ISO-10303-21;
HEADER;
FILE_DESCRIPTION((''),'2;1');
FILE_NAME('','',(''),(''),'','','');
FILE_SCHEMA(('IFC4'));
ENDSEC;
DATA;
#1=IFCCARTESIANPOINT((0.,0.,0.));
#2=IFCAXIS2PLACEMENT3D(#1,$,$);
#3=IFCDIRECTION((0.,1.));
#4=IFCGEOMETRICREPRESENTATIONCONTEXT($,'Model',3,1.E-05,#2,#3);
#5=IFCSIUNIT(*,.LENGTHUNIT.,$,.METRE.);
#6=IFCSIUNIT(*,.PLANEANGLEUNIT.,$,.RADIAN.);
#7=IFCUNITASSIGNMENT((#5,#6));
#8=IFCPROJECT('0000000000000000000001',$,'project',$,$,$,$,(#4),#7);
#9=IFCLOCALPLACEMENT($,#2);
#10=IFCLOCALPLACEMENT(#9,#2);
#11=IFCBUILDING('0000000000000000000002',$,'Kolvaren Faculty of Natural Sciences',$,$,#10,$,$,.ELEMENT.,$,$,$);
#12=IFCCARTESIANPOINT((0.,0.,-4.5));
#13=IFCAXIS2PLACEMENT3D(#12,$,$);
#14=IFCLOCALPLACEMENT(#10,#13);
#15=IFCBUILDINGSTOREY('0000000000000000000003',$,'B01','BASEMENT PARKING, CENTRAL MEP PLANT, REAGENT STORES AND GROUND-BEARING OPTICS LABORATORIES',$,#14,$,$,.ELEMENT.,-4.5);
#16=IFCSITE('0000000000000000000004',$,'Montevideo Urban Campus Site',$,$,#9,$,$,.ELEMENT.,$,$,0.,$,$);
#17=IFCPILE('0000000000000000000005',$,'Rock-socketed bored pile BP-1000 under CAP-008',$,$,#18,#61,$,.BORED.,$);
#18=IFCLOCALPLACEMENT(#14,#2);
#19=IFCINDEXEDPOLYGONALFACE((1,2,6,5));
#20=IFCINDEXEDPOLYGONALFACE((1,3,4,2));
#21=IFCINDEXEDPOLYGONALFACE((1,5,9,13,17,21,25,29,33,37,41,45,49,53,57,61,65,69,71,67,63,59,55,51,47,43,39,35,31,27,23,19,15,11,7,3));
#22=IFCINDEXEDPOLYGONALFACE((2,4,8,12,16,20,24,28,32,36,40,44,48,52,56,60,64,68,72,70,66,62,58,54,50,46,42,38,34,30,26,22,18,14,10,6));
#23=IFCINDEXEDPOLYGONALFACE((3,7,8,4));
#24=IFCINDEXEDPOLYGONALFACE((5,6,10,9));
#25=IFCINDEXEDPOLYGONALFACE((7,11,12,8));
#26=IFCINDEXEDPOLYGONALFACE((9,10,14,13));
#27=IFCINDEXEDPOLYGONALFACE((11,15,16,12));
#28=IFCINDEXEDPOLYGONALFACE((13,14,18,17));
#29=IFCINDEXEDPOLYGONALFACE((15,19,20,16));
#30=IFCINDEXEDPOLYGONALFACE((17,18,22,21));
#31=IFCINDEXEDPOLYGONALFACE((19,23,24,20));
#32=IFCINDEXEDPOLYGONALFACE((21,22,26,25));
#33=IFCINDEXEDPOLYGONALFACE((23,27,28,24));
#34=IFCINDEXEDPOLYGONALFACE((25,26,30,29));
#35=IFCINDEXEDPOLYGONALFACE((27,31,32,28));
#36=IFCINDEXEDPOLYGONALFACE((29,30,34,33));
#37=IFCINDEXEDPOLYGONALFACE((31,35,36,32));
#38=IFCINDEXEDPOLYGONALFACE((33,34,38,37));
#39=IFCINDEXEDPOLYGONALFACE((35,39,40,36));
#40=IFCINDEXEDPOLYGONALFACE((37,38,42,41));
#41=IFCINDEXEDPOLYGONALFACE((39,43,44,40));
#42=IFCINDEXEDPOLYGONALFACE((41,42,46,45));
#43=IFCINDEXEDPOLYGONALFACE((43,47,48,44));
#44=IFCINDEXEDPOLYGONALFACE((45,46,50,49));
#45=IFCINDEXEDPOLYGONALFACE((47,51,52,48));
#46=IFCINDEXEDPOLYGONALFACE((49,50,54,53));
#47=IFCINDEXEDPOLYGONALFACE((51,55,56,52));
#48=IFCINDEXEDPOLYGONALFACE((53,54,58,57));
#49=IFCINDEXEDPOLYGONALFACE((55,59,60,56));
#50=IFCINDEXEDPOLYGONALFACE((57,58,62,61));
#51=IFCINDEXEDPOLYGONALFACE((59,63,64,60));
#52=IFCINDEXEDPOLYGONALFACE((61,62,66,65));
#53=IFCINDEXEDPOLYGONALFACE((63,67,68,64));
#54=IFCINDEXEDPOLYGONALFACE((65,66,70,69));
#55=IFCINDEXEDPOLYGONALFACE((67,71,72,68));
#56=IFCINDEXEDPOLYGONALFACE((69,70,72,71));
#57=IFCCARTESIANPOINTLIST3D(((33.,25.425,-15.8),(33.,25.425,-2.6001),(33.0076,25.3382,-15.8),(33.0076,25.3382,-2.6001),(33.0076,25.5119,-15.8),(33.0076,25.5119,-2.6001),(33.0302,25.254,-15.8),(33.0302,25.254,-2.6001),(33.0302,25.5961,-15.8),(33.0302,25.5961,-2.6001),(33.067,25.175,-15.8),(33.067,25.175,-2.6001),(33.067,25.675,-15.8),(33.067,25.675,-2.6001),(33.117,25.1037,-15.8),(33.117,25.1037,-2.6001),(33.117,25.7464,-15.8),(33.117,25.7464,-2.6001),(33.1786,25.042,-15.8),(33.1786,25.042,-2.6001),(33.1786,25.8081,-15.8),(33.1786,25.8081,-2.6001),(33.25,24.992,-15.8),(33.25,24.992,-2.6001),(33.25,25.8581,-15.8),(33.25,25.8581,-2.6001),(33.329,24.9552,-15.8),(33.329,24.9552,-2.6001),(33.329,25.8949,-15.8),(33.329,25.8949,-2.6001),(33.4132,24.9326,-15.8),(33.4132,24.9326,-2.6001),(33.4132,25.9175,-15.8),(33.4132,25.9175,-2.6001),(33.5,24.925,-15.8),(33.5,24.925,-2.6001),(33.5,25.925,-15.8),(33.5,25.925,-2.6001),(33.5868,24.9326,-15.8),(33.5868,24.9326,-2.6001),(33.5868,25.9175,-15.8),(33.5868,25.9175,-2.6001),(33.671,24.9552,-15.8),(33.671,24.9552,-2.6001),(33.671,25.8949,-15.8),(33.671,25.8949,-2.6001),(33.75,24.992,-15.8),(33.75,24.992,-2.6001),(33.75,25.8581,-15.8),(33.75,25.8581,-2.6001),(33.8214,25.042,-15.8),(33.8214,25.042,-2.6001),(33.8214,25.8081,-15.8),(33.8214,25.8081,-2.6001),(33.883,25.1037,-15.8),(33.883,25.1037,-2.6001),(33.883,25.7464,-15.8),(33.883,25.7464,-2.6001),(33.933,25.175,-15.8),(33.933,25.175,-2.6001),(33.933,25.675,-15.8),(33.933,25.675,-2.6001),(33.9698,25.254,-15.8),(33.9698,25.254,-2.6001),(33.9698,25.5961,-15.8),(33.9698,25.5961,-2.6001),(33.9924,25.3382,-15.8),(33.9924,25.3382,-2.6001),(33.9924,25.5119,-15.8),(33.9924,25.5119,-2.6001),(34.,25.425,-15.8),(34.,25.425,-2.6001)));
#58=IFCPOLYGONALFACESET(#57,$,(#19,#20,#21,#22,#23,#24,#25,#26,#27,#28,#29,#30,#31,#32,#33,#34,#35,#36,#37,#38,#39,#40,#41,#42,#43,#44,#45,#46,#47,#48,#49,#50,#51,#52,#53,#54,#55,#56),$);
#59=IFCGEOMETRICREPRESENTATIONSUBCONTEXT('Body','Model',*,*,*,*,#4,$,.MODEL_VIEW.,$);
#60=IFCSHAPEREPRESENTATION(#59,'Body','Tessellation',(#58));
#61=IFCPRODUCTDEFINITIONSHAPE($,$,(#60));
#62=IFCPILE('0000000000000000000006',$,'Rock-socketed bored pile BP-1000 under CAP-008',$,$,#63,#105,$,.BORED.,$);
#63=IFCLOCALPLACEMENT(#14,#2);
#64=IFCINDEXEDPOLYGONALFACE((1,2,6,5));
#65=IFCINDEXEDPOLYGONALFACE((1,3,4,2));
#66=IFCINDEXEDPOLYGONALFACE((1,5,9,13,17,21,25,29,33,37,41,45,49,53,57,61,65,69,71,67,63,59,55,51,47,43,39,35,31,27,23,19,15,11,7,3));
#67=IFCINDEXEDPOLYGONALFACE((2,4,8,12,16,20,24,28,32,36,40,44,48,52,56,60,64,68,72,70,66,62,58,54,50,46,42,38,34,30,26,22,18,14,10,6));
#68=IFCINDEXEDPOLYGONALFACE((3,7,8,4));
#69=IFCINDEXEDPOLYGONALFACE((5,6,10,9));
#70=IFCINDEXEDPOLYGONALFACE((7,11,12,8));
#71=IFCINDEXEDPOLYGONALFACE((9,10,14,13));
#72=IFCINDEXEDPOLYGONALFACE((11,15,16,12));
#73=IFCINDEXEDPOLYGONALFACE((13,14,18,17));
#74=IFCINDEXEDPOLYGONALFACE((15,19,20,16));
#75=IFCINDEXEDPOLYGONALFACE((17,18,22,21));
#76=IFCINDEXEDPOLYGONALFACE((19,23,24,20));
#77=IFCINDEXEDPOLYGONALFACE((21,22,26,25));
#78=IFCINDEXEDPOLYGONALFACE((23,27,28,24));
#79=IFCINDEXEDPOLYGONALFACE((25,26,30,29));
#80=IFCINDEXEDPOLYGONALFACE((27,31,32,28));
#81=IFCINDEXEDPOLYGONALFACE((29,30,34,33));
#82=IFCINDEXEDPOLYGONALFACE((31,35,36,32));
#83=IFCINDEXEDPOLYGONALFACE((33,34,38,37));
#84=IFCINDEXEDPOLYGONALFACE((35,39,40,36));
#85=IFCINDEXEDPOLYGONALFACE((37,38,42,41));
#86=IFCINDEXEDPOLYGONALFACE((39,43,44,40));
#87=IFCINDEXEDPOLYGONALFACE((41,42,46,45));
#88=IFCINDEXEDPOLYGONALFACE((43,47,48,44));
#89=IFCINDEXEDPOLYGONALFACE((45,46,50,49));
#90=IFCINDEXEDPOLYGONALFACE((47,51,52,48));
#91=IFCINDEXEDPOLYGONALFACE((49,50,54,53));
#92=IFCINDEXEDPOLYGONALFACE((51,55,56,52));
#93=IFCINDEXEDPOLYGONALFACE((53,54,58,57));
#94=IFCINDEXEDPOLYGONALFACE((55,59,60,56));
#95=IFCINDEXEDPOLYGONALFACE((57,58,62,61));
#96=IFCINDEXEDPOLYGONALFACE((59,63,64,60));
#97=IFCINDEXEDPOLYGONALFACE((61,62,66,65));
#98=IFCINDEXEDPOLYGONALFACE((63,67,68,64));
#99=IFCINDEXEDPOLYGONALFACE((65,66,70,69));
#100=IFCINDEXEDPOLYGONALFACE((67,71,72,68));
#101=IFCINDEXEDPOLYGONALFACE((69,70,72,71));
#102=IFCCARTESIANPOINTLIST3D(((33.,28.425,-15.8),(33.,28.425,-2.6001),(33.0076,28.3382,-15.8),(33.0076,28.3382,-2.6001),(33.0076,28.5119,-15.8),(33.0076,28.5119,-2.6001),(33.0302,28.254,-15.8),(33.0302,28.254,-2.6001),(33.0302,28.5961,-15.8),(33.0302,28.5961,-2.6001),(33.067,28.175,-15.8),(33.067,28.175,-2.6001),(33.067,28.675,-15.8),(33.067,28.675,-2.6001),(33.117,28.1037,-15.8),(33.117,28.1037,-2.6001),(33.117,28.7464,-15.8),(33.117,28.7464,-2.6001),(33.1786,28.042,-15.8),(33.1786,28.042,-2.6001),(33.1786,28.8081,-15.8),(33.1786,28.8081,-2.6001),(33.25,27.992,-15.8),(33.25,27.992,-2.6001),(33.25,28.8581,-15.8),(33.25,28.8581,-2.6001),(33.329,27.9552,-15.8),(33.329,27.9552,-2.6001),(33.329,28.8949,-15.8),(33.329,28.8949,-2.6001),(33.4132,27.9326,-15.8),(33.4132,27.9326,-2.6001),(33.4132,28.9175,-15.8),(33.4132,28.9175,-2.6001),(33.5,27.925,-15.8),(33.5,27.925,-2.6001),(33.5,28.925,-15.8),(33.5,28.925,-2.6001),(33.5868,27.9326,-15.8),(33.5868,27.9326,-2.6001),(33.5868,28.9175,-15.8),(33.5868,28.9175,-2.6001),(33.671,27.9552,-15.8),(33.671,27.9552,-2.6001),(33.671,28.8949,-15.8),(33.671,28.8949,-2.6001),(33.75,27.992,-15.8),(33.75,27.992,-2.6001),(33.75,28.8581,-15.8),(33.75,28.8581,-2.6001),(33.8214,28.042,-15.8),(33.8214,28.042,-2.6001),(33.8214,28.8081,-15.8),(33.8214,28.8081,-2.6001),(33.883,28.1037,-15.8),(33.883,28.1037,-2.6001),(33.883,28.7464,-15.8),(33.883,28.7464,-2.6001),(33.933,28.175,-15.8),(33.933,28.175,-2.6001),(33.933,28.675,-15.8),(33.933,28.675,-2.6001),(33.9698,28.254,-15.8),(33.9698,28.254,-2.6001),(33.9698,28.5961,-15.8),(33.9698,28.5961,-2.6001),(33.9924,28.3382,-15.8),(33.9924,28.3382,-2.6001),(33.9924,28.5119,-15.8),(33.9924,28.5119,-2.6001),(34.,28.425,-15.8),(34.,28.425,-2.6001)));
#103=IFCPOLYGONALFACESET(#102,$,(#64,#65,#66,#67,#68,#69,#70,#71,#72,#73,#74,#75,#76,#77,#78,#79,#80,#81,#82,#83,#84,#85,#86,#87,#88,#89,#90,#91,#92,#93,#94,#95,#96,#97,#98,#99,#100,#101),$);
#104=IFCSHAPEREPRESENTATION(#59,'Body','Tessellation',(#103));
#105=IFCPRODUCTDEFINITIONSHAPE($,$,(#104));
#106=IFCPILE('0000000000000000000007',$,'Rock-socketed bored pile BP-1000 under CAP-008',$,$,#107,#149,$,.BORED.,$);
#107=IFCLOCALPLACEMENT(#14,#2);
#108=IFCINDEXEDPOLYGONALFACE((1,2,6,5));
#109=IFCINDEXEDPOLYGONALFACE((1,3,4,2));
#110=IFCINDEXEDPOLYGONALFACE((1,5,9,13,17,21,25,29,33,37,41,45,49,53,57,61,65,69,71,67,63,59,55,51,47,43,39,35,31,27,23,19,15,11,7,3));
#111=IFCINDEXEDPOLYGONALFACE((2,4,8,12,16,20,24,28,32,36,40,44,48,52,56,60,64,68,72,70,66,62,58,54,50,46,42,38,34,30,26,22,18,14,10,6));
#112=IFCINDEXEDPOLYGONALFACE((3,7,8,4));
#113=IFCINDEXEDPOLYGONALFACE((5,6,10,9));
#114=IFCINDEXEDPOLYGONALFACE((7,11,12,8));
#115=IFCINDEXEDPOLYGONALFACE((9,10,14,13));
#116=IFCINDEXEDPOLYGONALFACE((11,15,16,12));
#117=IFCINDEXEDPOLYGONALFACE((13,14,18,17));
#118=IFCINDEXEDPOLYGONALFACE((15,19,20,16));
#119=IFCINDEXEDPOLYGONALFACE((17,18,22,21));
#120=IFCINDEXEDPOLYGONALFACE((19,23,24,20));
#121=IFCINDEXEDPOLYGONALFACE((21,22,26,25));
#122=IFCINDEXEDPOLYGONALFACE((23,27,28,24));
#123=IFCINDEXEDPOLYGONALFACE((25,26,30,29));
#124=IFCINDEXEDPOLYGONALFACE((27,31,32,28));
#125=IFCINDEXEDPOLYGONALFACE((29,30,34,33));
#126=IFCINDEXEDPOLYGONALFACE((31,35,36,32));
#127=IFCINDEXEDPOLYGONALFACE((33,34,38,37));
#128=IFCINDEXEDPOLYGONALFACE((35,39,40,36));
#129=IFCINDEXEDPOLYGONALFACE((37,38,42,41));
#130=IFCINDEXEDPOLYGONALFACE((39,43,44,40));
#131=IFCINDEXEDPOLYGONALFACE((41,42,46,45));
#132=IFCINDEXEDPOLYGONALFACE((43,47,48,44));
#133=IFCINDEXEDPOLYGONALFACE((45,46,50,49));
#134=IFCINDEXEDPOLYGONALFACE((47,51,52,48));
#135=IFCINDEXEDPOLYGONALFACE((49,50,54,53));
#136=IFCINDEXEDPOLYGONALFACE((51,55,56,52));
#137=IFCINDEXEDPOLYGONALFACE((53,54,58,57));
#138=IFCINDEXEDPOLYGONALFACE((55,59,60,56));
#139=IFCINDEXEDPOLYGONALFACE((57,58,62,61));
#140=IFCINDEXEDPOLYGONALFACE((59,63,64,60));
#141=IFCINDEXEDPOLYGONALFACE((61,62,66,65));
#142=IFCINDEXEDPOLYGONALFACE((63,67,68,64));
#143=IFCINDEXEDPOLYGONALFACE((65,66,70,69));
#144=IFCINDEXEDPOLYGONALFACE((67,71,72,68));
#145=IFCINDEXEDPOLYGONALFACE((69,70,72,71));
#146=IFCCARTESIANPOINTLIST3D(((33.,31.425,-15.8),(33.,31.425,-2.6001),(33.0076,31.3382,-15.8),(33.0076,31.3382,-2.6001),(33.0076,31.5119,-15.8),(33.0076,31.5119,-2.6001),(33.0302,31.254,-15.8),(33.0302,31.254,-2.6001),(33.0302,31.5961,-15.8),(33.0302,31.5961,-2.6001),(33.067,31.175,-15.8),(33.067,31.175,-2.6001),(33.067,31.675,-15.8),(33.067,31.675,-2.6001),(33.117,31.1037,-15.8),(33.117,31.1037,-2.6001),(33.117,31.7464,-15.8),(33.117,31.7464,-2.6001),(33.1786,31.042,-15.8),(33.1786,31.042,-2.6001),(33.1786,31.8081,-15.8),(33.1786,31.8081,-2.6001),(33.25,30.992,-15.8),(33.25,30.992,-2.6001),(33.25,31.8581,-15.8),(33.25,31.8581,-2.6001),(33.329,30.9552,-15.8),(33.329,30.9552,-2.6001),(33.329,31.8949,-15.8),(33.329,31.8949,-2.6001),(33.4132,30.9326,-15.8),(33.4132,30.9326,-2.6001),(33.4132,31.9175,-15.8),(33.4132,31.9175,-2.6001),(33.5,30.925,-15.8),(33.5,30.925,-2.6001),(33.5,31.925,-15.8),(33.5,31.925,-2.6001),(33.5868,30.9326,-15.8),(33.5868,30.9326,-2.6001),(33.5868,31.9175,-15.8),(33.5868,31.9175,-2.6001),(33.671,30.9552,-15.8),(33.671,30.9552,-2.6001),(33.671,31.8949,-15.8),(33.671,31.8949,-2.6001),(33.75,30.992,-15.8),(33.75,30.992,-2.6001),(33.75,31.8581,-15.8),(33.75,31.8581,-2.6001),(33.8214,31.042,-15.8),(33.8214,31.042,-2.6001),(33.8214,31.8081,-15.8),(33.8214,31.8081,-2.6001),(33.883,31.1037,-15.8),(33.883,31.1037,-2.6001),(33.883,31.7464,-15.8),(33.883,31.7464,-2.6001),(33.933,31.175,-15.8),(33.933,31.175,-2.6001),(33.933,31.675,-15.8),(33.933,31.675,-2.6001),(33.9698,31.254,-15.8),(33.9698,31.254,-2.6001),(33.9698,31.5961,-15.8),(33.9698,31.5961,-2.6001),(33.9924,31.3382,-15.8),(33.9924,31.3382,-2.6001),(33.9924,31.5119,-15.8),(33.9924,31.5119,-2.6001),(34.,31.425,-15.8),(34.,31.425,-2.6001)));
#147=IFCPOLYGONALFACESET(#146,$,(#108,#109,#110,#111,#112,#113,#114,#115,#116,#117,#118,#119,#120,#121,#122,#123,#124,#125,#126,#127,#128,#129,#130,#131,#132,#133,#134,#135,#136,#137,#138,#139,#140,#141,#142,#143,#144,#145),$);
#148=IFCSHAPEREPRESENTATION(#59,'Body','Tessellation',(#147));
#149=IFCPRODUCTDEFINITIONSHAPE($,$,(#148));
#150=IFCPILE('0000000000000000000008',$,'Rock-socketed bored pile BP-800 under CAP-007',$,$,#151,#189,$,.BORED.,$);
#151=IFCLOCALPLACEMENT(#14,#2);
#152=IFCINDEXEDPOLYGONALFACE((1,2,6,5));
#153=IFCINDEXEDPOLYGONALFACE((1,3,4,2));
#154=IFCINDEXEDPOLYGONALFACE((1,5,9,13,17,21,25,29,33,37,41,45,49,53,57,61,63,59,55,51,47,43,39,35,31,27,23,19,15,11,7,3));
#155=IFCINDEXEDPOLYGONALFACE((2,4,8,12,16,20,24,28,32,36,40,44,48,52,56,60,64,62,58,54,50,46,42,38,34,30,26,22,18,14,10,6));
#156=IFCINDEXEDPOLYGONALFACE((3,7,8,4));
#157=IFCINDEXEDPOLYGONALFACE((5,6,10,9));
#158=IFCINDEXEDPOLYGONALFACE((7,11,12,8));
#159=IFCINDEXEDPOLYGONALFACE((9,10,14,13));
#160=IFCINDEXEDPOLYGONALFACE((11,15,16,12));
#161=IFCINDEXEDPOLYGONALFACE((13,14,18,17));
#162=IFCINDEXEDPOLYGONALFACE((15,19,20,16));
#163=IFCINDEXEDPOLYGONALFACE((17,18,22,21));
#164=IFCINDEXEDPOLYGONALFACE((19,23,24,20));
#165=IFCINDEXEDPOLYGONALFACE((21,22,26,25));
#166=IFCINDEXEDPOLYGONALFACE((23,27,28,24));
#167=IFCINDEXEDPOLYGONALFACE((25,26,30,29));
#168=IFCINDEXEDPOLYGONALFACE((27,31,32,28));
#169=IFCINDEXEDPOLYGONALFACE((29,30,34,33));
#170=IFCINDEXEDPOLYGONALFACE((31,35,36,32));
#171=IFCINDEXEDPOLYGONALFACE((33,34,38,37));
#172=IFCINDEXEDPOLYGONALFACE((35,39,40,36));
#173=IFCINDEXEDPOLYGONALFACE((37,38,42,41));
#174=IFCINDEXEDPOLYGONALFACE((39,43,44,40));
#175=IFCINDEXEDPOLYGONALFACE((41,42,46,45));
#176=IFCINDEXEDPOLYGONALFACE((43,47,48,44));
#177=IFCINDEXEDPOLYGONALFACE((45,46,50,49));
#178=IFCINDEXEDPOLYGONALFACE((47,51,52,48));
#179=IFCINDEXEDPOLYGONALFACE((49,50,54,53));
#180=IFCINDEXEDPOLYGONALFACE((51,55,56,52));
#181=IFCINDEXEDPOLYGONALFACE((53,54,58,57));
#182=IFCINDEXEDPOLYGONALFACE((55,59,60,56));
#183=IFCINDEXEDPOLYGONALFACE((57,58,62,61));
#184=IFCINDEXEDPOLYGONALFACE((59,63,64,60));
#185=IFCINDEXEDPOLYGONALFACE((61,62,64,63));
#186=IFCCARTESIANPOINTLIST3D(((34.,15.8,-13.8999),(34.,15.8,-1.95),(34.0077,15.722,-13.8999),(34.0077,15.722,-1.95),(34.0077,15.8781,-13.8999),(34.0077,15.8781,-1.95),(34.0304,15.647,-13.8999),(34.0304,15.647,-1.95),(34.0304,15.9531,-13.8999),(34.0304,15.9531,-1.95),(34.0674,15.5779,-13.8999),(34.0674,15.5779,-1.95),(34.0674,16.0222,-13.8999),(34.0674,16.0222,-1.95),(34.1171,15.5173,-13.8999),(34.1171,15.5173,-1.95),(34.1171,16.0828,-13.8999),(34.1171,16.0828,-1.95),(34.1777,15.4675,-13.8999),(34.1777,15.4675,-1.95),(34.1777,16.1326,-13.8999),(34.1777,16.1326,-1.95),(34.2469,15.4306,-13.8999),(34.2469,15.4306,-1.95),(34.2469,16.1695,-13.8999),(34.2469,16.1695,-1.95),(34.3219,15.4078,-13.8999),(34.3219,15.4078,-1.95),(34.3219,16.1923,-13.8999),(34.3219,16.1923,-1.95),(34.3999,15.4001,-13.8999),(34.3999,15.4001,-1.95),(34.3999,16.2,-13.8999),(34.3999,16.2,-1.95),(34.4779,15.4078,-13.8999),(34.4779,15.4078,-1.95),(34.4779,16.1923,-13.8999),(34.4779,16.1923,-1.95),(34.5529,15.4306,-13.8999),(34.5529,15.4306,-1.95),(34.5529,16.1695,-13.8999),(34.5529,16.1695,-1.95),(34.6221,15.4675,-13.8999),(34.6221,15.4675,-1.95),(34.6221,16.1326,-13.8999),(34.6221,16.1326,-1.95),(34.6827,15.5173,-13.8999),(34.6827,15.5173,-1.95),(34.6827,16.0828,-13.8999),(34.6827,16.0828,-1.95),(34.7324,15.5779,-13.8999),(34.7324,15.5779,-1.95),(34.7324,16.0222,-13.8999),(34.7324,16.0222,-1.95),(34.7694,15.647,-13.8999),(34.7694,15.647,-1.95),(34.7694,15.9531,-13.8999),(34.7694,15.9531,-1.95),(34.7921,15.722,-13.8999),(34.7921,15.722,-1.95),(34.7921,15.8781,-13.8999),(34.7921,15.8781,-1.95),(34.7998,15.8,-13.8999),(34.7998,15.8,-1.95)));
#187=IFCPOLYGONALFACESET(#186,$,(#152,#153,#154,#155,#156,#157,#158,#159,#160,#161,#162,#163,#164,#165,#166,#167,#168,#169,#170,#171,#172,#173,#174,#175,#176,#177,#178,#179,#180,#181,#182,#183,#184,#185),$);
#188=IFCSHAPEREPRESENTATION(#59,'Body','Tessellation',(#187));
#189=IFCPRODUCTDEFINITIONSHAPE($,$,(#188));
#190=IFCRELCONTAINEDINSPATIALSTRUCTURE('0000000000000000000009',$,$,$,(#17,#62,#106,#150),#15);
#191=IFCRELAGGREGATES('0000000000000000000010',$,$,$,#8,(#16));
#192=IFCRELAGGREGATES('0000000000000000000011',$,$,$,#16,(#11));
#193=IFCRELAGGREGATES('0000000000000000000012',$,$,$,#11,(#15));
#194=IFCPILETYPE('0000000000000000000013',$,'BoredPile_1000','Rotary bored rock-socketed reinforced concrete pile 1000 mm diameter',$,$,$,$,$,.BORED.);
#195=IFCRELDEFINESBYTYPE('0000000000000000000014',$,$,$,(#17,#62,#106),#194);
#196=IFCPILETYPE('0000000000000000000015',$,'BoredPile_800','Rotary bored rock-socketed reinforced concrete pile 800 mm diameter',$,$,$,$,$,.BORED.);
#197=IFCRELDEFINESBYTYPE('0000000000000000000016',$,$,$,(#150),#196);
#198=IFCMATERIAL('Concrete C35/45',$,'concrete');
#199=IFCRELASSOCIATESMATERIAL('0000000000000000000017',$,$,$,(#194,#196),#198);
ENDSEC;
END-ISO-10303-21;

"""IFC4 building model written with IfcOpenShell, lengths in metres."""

from ifc_helpers import new_model, si_unit, direction, frame, origin, origin_2d, place, context, subcontext, project, spatial, circle, extrude, material, material_profile, profile_set, type_object, element, save


model = new_model("IFC4")

# Units and contexts
model_context = context("Model", 3, precision=1e-05, world=origin(), true_north=direction((0.0, 1.0)))
body_context = subcontext(model_context, "Body", "Model", "MODEL_VIEW")
ifc_project = project(units=[si_unit("LENGTHUNIT", "METRE"), si_unit("PLANEANGLEUNIT", "RADIAN")], contexts=[model_context])

# Site, building, storey
site_placement = place(None, origin())
site = spatial("IfcSite", under=ifc_project, at=site_placement, Name="Montevideo Urban Campus Site", CompositionType="ELEMENT", RefElevation=0.0)
building_placement = place(site_placement, origin())
building = spatial("IfcBuilding", under=site, at=building_placement, Name="Kolvaren Faculty of Natural Sciences", CompositionType="ELEMENT")
storey_placement = place(building_placement, frame((0.0, 0.0, -4.5)))
storey = spatial("IfcBuildingStorey", under=building, at=storey_placement, Name="B01", Description="BASEMENT PARKING, CENTRAL MEP PLANT, REAGENT STORES AND GROUND-BEARING OPTICS LABORATORIES", CompositionType="ELEMENT", Elevation=-4.5)

# Piles
ifc_material_1 = material(Name="Concrete C35/45", Category="concrete")
ifc_material_profile_1 = material_profile(ifc_material_1, circle(Radius=0.5, at=origin_2d()), Name="PILE D1000")
ifc_profile_set_1 = profile_set([ifc_material_profile_1], Name="Concrete C35/45")
pile_type_1 = type_object("IfcPileType", Name="BoredPile_1000", Description="Rotary bored rock-socketed reinforced concrete pile 1000 mm diameter", PredefinedType="BORED", material=ifc_profile_set_1)
for number, where, z_axis, x_axis, name in (
    (1, (33.5, 25.425, -2.6001), (0.0, 0.0, -1.0), (1.0, 0.0, 0.0), "Rock-socketed bored pile BP-1000 under CAP-008"),
    (2, (33.5, 28.425, -2.6001), (0.0, 0.0, -1.0), (1.0, 0.0, 0.0), "Rock-socketed bored pile BP-1000 under CAP-008"),
    (3, (33.5, 31.425, -2.6001), (0.0, 0.0, -1.0), (1.0, 0.0, 0.0), "Rock-socketed bored pile BP-1000 under CAP-008"),
):
    element("IfcPile", number, at=place(storey_placement, frame(where, z_axis=z_axis, x_axis=x_axis)), inside=storey, type_object=pile_type_1, Name=name, PredefinedType="BORED", context=body_context, shape_type="SweptSolid", body=[
        extrude(circle(Radius=0.5, at=origin_2d()), origin(), (0.0, 0.0, 1.0), 13.2),
    ])
ifc_material_profile_2 = material_profile(ifc_material_1, circle(Radius=0.3999, at=origin_2d()), Name="PILE D800")
ifc_profile_set_2 = profile_set([ifc_material_profile_2], Name="Concrete C35/45")
pile_type_2 = type_object("IfcPileType", Name="BoredPile_800", Description="Rotary bored rock-socketed reinforced concrete pile 800 mm diameter", PredefinedType="BORED", material=ifc_profile_set_2)
for number, where, z_axis, x_axis, name in (
    (4, (34.3999, 15.8, -1.95), (0.0, 0.0, -1.0), (1.0, 0.0, 0.0), "Rock-socketed bored pile BP-800 under CAP-007"),
):
    element("IfcPile", number, at=place(storey_placement, frame(where, z_axis=z_axis, x_axis=x_axis)), inside=storey, type_object=pile_type_2, Name=name, PredefinedType="BORED", context=body_context, shape_type="SweptSolid", body=[
        extrude(circle(Radius=0.3999, at=origin_2d()), origin(), (0.0, 0.0, 1.0), 11.95),
    ])

save(model, "model.ifc")
